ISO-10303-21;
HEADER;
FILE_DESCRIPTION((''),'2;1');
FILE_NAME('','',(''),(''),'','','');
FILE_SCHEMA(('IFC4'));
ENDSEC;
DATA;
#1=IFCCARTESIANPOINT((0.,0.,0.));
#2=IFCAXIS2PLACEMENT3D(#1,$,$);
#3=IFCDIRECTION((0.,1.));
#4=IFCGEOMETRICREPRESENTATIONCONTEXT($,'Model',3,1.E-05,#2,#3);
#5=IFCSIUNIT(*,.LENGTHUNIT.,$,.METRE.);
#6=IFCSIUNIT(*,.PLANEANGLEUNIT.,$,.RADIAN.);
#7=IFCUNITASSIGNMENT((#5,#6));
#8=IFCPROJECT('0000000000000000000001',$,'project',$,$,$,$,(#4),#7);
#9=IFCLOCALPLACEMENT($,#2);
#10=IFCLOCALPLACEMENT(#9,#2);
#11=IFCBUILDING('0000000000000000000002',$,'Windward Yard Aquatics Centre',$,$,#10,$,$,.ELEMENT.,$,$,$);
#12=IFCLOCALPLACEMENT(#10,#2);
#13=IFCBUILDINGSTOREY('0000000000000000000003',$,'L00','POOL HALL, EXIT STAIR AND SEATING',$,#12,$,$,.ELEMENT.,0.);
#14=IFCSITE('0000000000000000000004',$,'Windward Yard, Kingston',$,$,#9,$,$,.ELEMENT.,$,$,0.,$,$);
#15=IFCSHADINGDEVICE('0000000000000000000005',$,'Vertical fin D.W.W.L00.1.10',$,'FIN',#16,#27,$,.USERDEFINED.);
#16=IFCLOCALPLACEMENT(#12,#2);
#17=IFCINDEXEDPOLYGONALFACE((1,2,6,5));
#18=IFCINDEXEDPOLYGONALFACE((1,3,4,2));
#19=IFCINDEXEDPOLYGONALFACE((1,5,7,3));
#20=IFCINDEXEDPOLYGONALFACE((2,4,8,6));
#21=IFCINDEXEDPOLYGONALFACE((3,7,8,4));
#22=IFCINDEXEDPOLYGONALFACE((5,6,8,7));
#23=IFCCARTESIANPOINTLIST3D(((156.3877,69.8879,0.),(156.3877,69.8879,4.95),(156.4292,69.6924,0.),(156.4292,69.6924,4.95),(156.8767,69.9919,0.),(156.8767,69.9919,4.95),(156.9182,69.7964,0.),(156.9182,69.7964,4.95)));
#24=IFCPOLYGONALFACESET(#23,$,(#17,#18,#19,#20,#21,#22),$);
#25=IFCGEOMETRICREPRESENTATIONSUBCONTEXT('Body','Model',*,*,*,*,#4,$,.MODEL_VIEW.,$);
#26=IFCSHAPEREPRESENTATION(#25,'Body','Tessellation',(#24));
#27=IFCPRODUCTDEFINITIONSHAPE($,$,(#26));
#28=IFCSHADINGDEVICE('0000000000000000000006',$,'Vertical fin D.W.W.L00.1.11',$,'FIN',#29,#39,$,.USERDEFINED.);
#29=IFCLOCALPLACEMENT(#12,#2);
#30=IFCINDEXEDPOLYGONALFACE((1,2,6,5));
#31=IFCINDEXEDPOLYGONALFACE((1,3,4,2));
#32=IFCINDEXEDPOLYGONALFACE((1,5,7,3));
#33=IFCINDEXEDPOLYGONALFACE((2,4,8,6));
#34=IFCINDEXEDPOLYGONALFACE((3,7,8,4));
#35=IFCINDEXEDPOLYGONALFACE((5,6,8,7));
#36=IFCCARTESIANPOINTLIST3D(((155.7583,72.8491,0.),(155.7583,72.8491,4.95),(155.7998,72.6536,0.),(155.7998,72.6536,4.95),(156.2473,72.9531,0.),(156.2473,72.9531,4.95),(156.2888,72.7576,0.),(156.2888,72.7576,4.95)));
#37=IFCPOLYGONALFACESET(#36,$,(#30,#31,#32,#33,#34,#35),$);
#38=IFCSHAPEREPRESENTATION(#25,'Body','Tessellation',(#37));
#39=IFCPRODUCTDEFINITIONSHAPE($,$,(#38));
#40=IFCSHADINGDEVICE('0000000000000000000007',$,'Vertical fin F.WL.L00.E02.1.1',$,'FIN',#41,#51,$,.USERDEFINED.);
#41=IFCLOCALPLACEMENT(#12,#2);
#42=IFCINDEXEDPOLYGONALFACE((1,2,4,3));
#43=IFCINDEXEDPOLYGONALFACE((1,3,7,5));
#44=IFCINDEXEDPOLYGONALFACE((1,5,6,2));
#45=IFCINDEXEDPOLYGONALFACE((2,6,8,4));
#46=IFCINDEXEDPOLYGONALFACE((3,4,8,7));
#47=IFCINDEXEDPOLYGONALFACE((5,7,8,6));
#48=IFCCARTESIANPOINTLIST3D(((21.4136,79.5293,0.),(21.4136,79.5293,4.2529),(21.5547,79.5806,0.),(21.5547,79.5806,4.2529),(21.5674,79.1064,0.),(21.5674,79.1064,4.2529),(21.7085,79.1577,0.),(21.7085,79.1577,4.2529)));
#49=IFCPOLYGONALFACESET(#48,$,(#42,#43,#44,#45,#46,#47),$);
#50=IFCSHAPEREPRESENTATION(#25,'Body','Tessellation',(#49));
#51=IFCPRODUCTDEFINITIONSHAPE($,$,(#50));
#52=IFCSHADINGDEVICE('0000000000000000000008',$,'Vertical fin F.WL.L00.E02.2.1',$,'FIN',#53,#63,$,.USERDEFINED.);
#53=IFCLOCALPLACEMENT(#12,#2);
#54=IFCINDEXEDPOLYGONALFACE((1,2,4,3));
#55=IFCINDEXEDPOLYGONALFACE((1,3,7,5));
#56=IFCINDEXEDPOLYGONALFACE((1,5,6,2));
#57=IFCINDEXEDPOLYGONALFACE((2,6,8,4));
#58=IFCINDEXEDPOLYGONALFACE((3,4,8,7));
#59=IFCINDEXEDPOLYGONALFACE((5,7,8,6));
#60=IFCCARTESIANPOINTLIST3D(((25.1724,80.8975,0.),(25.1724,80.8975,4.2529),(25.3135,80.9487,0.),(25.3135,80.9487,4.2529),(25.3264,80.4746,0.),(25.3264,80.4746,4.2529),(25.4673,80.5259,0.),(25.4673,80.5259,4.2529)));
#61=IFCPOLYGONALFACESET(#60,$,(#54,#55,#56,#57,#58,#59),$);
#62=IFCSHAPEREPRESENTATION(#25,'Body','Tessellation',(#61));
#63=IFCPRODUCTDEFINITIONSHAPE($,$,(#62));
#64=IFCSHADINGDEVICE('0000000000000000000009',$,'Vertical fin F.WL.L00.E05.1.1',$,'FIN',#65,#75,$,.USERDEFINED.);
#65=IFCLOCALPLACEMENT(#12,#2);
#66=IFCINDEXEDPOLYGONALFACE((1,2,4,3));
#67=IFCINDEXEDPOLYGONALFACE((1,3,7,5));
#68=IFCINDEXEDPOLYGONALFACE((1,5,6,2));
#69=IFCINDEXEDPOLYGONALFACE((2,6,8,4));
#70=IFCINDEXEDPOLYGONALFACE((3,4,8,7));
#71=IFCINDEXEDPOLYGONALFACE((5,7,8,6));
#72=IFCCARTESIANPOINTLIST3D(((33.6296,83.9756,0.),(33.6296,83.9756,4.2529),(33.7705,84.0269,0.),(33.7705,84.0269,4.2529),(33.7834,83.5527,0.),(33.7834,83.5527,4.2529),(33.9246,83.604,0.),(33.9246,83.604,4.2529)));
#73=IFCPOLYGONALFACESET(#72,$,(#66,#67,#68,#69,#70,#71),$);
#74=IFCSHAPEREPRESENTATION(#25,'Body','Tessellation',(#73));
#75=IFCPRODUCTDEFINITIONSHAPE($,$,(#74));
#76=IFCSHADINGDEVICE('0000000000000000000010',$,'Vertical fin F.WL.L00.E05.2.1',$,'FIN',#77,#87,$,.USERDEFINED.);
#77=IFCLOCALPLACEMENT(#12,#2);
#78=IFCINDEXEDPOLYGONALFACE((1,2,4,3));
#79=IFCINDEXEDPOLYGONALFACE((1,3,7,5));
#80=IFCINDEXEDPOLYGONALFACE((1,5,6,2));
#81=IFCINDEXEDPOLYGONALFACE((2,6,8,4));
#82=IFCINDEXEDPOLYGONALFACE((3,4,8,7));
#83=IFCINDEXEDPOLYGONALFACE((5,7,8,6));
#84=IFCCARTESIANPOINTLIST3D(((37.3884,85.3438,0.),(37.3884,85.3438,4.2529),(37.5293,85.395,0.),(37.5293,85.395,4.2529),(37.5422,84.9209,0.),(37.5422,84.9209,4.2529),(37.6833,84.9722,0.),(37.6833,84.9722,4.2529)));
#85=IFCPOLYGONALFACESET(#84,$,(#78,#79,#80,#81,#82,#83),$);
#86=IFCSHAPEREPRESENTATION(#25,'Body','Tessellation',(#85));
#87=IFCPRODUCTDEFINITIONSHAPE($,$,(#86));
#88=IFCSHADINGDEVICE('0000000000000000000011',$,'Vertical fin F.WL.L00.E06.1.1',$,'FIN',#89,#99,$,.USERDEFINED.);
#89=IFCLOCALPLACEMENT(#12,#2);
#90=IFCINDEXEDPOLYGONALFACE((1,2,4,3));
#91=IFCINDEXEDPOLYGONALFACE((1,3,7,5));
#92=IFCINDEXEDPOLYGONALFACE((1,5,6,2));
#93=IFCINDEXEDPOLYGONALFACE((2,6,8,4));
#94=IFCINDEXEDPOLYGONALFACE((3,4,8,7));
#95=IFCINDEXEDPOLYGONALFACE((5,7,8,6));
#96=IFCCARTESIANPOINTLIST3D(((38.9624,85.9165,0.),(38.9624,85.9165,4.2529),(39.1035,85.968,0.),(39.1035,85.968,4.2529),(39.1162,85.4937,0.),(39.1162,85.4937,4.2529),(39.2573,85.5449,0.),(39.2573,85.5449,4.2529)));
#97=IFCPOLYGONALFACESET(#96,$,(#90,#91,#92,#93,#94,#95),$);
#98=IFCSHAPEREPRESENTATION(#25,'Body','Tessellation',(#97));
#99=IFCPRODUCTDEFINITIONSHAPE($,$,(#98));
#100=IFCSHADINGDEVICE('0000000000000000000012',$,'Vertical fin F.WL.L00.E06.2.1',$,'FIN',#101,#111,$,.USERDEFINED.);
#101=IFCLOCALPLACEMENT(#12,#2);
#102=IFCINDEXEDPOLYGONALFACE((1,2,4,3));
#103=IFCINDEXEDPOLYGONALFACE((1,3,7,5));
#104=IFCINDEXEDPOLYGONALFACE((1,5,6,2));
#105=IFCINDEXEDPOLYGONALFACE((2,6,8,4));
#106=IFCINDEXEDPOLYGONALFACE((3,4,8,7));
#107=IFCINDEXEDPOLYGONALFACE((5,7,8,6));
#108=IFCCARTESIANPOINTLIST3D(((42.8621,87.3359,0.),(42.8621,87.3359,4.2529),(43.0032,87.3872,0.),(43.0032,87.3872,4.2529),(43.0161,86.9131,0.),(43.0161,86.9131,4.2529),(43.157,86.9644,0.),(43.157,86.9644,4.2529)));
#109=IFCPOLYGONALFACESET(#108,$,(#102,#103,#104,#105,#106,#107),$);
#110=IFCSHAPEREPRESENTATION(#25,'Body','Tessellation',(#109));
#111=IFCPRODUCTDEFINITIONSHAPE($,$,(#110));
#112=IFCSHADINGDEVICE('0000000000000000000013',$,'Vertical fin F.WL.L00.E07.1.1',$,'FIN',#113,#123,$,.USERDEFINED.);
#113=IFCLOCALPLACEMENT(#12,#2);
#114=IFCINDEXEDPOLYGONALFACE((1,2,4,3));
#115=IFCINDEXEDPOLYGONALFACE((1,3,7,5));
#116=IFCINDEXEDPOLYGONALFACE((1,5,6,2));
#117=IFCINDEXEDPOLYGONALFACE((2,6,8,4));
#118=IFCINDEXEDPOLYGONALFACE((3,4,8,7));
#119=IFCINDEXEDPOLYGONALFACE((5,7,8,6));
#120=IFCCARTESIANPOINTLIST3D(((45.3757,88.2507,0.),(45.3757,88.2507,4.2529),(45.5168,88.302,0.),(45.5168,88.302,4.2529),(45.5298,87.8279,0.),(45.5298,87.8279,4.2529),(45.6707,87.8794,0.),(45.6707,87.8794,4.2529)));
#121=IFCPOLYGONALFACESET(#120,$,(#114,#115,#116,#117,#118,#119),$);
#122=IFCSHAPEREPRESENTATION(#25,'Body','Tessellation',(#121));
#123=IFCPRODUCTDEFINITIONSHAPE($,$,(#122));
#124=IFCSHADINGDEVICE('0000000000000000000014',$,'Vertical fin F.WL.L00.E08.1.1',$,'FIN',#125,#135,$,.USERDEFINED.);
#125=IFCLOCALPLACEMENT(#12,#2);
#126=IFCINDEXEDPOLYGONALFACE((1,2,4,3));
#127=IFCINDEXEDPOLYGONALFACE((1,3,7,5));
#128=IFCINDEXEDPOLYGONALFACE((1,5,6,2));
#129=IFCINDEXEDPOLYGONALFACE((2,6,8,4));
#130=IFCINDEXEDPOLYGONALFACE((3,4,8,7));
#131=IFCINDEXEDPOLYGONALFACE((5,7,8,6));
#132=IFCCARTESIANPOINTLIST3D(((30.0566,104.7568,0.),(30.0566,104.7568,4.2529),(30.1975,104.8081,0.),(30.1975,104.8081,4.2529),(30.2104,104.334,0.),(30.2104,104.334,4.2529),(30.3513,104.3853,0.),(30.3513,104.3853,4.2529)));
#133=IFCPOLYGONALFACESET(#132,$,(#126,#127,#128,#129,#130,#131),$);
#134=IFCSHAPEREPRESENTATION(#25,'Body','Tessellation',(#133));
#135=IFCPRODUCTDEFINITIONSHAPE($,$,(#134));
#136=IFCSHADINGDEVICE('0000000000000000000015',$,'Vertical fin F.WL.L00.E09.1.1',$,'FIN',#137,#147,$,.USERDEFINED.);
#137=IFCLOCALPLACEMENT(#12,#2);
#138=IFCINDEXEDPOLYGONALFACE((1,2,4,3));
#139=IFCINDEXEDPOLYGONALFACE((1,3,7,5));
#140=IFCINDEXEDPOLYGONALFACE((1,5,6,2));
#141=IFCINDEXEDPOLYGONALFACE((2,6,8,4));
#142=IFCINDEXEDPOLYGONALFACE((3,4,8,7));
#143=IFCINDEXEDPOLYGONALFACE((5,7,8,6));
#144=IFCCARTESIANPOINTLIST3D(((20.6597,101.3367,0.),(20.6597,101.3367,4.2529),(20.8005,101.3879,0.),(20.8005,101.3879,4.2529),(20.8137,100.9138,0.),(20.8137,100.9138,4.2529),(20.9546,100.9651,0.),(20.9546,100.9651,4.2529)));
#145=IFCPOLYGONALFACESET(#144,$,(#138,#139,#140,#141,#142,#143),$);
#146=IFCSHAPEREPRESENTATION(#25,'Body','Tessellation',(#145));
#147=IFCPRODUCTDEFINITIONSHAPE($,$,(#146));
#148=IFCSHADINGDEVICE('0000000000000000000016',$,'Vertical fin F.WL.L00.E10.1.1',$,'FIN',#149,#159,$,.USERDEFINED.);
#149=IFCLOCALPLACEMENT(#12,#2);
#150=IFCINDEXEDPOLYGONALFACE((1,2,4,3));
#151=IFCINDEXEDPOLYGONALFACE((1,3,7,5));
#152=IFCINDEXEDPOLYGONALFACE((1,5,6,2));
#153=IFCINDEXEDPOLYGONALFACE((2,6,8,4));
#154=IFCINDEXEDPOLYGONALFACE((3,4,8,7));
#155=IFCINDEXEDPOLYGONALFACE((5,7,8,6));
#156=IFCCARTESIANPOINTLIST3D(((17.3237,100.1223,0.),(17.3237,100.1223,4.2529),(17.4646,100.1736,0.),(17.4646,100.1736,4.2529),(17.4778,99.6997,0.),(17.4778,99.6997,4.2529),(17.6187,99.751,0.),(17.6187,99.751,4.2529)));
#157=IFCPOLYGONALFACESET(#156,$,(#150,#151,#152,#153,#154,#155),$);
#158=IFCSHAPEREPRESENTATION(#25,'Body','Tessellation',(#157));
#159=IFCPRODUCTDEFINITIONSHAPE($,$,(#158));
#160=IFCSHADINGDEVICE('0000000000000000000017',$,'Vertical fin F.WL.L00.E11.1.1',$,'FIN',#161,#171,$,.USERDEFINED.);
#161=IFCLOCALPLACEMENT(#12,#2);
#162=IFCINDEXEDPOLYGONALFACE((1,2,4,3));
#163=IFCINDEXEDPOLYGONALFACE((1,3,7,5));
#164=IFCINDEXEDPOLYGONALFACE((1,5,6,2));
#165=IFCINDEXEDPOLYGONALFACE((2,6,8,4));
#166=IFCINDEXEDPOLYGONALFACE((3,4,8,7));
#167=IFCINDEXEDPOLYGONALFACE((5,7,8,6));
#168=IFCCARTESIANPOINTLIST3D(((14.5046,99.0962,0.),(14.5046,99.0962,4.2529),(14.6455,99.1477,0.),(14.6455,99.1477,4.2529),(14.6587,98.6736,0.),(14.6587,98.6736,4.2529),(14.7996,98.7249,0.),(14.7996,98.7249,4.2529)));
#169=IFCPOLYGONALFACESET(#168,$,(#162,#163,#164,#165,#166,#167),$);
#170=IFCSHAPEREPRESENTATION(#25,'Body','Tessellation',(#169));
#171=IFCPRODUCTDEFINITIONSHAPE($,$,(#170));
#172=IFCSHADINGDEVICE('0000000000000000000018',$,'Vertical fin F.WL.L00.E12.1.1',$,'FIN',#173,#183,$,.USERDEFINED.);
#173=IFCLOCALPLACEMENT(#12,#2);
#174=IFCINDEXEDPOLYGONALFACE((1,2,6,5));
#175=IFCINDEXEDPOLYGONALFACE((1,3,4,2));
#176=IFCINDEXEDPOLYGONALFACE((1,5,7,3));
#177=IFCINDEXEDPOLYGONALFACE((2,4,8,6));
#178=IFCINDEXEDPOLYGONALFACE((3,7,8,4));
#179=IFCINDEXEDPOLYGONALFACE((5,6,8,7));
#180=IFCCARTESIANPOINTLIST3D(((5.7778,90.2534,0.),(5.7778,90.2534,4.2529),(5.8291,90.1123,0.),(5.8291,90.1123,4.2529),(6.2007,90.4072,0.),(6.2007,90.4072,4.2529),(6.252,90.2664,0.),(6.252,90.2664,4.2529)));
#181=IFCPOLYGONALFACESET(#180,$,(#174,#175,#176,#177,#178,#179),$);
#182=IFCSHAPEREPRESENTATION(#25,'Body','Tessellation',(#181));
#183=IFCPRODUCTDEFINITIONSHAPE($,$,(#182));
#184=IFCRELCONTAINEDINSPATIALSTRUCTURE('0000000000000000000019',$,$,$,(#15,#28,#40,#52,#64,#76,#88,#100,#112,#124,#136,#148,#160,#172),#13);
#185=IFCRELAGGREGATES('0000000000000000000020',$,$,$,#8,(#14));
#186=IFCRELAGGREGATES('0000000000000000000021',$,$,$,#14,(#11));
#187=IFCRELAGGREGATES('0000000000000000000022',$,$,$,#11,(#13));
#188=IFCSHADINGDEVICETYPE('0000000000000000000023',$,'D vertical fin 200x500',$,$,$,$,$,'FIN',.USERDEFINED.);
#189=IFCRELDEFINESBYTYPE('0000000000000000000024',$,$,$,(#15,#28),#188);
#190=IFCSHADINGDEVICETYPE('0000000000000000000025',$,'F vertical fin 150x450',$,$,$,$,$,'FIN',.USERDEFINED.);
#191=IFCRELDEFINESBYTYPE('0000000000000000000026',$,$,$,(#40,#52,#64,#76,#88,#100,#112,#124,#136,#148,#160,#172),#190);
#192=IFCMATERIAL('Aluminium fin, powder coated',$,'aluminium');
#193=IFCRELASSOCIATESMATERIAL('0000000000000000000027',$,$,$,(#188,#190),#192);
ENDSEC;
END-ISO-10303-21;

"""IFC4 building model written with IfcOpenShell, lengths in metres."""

from ifc_helpers import new_model, si_unit, direction, origin, place, context, subcontext, project, spatial, polyline, outline, extrude, material, type_object, element, save


model = new_model("IFC4")

# Units and contexts
model_context = context("Model", 3, precision=1e-05, world=origin(), true_north=direction((0.0, 1.0)))
body_context = subcontext(model_context, "Body", "Model", "MODEL_VIEW")
ifc_project = project(units=[si_unit("LENGTHUNIT", "METRE"), si_unit("PLANEANGLEUNIT", "RADIAN")], contexts=[model_context])

# Site, building, storey
site_placement = place(None, origin())
site = spatial("IfcSite", under=ifc_project, at=site_placement, Name="Windward Yard, Kingston", CompositionType="ELEMENT", RefElevation=0.0)
building_placement = place(site_placement, origin())
building = spatial("IfcBuilding", under=site, at=building_placement, Name="Windward Yard Aquatics Centre", CompositionType="ELEMENT")
storey_placement = place(building_placement, origin())
storey = spatial("IfcBuildingStorey", under=building, at=storey_placement, Name="L00", Description="POOL HALL, EXIT STAIR AND SEATING", CompositionType="ELEMENT", Elevation=0.0)

# Shared definitions
ifc_material_1 = material(Name="Aluminium fin, powder coated", Category="aluminium")

# Shading devices
shading_device_type_1 = type_object("IfcShadingDeviceType", Name="D vertical fin 200x500", ElementType="FIN", PredefinedType="USERDEFINED", material=ifc_material_1)
shading_device_1_placement = place(storey_placement, origin())
element("IfcShadingDevice", 1, at=shading_device_1_placement, inside=storey, type_object=shading_device_type_1, Name="Vertical fin D.W.W.L00.1.10", ObjectType="FIN", PredefinedType="USERDEFINED", context=body_context, shape_type="SweptSolid", body=[
    extrude(outline(polyline([(156.3877, 69.8879), (156.4292, 69.6924), (156.9182, 69.7964), (156.8767, 69.9919), (156.3877, 69.8879)])), origin(), (0.0, 0.0, 1.0), 4.95),
])
shading_device_2_placement = place(storey_placement, origin())
element("IfcShadingDevice", 2, at=shading_device_2_placement, inside=storey, type_object=shading_device_type_1, Name="Vertical fin D.W.W.L00.1.11", ObjectType="FIN", PredefinedType="USERDEFINED", context=body_context, shape_type="SweptSolid", body=[
    extrude(outline(polyline([(155.7583, 72.8491), (155.7998, 72.6536), (156.2888, 72.7576), (156.2473, 72.9531), (155.7583, 72.8491)])), origin(), (0.0, 0.0, 1.0), 4.95),
])
shading_device_type_2 = type_object("IfcShadingDeviceType", Name="F vertical fin 150x450", ElementType="FIN", PredefinedType="USERDEFINED", material=ifc_material_1)
shading_device_3_placement = place(storey_placement, origin())
element("IfcShadingDevice", 3, at=shading_device_3_placement, inside=storey, type_object=shading_device_type_2, Name="Vertical fin F.WL.L00.E02.1.1", ObjectType="FIN", PredefinedType="USERDEFINED", context=body_context, shape_type="SweptSolid", body=[
    extrude(outline(polyline([(21.4136, 79.5293), (21.5547, 79.5806), (21.7085, 79.1577), (21.5674, 79.1064), (21.4136, 79.5293)])), origin(), (0.0, 0.0, 1.0), 4.2529),
])
shading_device_4_placement = place(storey_placement, origin())
element("IfcShadingDevice", 4, at=shading_device_4_placement, inside=storey, type_object=shading_device_type_2, Name="Vertical fin F.WL.L00.E02.2.1", ObjectType="FIN", PredefinedType="USERDEFINED", context=body_context, shape_type="SweptSolid", body=[
    extrude(outline(polyline([(25.1724, 80.8975), (25.3135, 80.9487), (25.4673, 80.5259), (25.3264, 80.4746), (25.1724, 80.8975)])), origin(), (0.0, 0.0, 1.0), 4.2529),
])
shading_device_5_placement = place(storey_placement, origin())
element("IfcShadingDevice", 5, at=shading_device_5_placement, inside=storey, type_object=shading_device_type_2, Name="Vertical fin F.WL.L00.E05.1.1", ObjectType="FIN", PredefinedType="USERDEFINED", context=body_context, shape_type="SweptSolid", body=[
    extrude(outline(polyline([(33.6296, 83.9756), (33.7705, 84.0269), (33.9246, 83.604), (33.7834, 83.5527), (33.6296, 83.9756)])), origin(), (0.0, 0.0, 1.0), 4.2529),
])
shading_device_6_placement = place(storey_placement, origin())
element("IfcShadingDevice", 6, at=shading_device_6_placement, inside=storey, type_object=shading_device_type_2, Name="Vertical fin F.WL.L00.E05.2.1", ObjectType="FIN", PredefinedType="USERDEFINED", context=body_context, shape_type="SweptSolid", body=[
    extrude(outline(polyline([(37.3884, 85.3438), (37.5293, 85.395), (37.6833, 84.9722), (37.5422, 84.9209), (37.3884, 85.3438)])), origin(), (0.0, 0.0, 1.0), 4.2529),
])
shading_device_7_placement = place(storey_placement, origin())
element("IfcShadingDevice", 7, at=shading_device_7_placement, inside=storey, type_object=shading_device_type_2, Name="Vertical fin F.WL.L00.E06.1.1", ObjectType="FIN", PredefinedType="USERDEFINED", context=body_context, shape_type="SweptSolid", body=[
    extrude(outline(polyline([(38.9624, 85.9165), (39.1035, 85.968), (39.2573, 85.5449), (39.1162, 85.4937), (38.9624, 85.9165)])), origin(), (0.0, 0.0, 1.0), 4.2529),
])
shading_device_8_placement = place(storey_placement, origin())
element("IfcShadingDevice", 8, at=shading_device_8_placement, inside=storey, type_object=shading_device_type_2, Name="Vertical fin F.WL.L00.E06.2.1", ObjectType="FIN", PredefinedType="USERDEFINED", context=body_context, shape_type="SweptSolid", body=[
    extrude(outline(polyline([(42.8621, 87.3359), (43.0032, 87.3872), (43.157, 86.9644), (43.0161, 86.9131), (42.8621, 87.3359)])), origin(), (0.0, 0.0, 1.0), 4.2529),
])
shading_device_9_placement = place(storey_placement, origin())
element("IfcShadingDevice", 9, at=shading_device_9_placement, inside=storey, type_object=shading_device_type_2, Name="Vertical fin F.WL.L00.E07.1.1", ObjectType="FIN", PredefinedType="USERDEFINED", context=body_context, shape_type="SweptSolid", body=[
    extrude(outline(polyline([(45.3757, 88.2507), (45.5168, 88.302), (45.6707, 87.8794), (45.5298, 87.8279), (45.3757, 88.2507)])), origin(), (0.0, 0.0, 1.0), 4.2529),
])
shading_device_10_placement = place(storey_placement, origin())
element("IfcShadingDevice", 10, at=shading_device_10_placement, inside=storey, type_object=shading_device_type_2, Name="Vertical fin F.WL.L00.E08.1.1", ObjectType="FIN", PredefinedType="USERDEFINED", context=body_context, shape_type="SweptSolid", body=[
    extrude(outline(polyline([(30.0566, 104.7568), (30.1975, 104.8081), (30.3513, 104.3853), (30.2104, 104.334), (30.0566, 104.7568)])), origin(), (0.0, 0.0, 1.0), 4.2529),
])
shading_device_11_placement = place(storey_placement, origin())
element("IfcShadingDevice", 11, at=shading_device_11_placement, inside=storey, type_object=shading_device_type_2, Name="Vertical fin F.WL.L00.E09.1.1", ObjectType="FIN", PredefinedType="USERDEFINED", context=body_context, shape_type="SweptSolid", body=[
    extrude(outline(polyline([(20.6597, 101.3367), (20.8005, 101.3879), (20.9546, 100.9651), (20.8137, 100.9138), (20.6597, 101.3367)])), origin(), (0.0, 0.0, 1.0), 4.2529),
])
shading_device_12_placement = place(storey_placement, origin())
element("IfcShadingDevice", 12, at=shading_device_12_placement, inside=storey, type_object=shading_device_type_2, Name="Vertical fin F.WL.L00.E10.1.1", ObjectType="FIN", PredefinedType="USERDEFINED", context=body_context, shape_type="SweptSolid", body=[
    extrude(outline(polyline([(17.3237, 100.1223), (17.4646, 100.1736), (17.6187, 99.751), (17.4778, 99.6997), (17.3237, 100.1223)])), origin(), (0.0, 0.0, 1.0), 4.2529),
])
shading_device_13_placement = place(storey_placement, origin())
element("IfcShadingDevice", 13, at=shading_device_13_placement, inside=storey, type_object=shading_device_type_2, Name="Vertical fin F.WL.L00.E11.1.1", ObjectType="FIN", PredefinedType="USERDEFINED", context=body_context, shape_type="SweptSolid", body=[
    extrude(outline(polyline([(14.5046, 99.0962), (14.6455, 99.1477), (14.7996, 98.7249), (14.6587, 98.6736), (14.5046, 99.0962)])), origin(), (0.0, 0.0, 1.0), 4.2529),
])
shading_device_14_placement = place(storey_placement, origin())
element("IfcShadingDevice", 14, at=shading_device_14_placement, inside=storey, type_object=shading_device_type_2, Name="Vertical fin F.WL.L00.E12.1.1", ObjectType="FIN", PredefinedType="USERDEFINED", context=body_context, shape_type="SweptSolid", body=[
    extrude(outline(polyline([(5.7778, 90.2534), (6.2007, 90.4072), (6.252, 90.2664), (5.8291, 90.1123), (5.7778, 90.2534)])), origin(), (0.0, 0.0, 1.0), 4.2529),
])

save(model, "model.ifc")
